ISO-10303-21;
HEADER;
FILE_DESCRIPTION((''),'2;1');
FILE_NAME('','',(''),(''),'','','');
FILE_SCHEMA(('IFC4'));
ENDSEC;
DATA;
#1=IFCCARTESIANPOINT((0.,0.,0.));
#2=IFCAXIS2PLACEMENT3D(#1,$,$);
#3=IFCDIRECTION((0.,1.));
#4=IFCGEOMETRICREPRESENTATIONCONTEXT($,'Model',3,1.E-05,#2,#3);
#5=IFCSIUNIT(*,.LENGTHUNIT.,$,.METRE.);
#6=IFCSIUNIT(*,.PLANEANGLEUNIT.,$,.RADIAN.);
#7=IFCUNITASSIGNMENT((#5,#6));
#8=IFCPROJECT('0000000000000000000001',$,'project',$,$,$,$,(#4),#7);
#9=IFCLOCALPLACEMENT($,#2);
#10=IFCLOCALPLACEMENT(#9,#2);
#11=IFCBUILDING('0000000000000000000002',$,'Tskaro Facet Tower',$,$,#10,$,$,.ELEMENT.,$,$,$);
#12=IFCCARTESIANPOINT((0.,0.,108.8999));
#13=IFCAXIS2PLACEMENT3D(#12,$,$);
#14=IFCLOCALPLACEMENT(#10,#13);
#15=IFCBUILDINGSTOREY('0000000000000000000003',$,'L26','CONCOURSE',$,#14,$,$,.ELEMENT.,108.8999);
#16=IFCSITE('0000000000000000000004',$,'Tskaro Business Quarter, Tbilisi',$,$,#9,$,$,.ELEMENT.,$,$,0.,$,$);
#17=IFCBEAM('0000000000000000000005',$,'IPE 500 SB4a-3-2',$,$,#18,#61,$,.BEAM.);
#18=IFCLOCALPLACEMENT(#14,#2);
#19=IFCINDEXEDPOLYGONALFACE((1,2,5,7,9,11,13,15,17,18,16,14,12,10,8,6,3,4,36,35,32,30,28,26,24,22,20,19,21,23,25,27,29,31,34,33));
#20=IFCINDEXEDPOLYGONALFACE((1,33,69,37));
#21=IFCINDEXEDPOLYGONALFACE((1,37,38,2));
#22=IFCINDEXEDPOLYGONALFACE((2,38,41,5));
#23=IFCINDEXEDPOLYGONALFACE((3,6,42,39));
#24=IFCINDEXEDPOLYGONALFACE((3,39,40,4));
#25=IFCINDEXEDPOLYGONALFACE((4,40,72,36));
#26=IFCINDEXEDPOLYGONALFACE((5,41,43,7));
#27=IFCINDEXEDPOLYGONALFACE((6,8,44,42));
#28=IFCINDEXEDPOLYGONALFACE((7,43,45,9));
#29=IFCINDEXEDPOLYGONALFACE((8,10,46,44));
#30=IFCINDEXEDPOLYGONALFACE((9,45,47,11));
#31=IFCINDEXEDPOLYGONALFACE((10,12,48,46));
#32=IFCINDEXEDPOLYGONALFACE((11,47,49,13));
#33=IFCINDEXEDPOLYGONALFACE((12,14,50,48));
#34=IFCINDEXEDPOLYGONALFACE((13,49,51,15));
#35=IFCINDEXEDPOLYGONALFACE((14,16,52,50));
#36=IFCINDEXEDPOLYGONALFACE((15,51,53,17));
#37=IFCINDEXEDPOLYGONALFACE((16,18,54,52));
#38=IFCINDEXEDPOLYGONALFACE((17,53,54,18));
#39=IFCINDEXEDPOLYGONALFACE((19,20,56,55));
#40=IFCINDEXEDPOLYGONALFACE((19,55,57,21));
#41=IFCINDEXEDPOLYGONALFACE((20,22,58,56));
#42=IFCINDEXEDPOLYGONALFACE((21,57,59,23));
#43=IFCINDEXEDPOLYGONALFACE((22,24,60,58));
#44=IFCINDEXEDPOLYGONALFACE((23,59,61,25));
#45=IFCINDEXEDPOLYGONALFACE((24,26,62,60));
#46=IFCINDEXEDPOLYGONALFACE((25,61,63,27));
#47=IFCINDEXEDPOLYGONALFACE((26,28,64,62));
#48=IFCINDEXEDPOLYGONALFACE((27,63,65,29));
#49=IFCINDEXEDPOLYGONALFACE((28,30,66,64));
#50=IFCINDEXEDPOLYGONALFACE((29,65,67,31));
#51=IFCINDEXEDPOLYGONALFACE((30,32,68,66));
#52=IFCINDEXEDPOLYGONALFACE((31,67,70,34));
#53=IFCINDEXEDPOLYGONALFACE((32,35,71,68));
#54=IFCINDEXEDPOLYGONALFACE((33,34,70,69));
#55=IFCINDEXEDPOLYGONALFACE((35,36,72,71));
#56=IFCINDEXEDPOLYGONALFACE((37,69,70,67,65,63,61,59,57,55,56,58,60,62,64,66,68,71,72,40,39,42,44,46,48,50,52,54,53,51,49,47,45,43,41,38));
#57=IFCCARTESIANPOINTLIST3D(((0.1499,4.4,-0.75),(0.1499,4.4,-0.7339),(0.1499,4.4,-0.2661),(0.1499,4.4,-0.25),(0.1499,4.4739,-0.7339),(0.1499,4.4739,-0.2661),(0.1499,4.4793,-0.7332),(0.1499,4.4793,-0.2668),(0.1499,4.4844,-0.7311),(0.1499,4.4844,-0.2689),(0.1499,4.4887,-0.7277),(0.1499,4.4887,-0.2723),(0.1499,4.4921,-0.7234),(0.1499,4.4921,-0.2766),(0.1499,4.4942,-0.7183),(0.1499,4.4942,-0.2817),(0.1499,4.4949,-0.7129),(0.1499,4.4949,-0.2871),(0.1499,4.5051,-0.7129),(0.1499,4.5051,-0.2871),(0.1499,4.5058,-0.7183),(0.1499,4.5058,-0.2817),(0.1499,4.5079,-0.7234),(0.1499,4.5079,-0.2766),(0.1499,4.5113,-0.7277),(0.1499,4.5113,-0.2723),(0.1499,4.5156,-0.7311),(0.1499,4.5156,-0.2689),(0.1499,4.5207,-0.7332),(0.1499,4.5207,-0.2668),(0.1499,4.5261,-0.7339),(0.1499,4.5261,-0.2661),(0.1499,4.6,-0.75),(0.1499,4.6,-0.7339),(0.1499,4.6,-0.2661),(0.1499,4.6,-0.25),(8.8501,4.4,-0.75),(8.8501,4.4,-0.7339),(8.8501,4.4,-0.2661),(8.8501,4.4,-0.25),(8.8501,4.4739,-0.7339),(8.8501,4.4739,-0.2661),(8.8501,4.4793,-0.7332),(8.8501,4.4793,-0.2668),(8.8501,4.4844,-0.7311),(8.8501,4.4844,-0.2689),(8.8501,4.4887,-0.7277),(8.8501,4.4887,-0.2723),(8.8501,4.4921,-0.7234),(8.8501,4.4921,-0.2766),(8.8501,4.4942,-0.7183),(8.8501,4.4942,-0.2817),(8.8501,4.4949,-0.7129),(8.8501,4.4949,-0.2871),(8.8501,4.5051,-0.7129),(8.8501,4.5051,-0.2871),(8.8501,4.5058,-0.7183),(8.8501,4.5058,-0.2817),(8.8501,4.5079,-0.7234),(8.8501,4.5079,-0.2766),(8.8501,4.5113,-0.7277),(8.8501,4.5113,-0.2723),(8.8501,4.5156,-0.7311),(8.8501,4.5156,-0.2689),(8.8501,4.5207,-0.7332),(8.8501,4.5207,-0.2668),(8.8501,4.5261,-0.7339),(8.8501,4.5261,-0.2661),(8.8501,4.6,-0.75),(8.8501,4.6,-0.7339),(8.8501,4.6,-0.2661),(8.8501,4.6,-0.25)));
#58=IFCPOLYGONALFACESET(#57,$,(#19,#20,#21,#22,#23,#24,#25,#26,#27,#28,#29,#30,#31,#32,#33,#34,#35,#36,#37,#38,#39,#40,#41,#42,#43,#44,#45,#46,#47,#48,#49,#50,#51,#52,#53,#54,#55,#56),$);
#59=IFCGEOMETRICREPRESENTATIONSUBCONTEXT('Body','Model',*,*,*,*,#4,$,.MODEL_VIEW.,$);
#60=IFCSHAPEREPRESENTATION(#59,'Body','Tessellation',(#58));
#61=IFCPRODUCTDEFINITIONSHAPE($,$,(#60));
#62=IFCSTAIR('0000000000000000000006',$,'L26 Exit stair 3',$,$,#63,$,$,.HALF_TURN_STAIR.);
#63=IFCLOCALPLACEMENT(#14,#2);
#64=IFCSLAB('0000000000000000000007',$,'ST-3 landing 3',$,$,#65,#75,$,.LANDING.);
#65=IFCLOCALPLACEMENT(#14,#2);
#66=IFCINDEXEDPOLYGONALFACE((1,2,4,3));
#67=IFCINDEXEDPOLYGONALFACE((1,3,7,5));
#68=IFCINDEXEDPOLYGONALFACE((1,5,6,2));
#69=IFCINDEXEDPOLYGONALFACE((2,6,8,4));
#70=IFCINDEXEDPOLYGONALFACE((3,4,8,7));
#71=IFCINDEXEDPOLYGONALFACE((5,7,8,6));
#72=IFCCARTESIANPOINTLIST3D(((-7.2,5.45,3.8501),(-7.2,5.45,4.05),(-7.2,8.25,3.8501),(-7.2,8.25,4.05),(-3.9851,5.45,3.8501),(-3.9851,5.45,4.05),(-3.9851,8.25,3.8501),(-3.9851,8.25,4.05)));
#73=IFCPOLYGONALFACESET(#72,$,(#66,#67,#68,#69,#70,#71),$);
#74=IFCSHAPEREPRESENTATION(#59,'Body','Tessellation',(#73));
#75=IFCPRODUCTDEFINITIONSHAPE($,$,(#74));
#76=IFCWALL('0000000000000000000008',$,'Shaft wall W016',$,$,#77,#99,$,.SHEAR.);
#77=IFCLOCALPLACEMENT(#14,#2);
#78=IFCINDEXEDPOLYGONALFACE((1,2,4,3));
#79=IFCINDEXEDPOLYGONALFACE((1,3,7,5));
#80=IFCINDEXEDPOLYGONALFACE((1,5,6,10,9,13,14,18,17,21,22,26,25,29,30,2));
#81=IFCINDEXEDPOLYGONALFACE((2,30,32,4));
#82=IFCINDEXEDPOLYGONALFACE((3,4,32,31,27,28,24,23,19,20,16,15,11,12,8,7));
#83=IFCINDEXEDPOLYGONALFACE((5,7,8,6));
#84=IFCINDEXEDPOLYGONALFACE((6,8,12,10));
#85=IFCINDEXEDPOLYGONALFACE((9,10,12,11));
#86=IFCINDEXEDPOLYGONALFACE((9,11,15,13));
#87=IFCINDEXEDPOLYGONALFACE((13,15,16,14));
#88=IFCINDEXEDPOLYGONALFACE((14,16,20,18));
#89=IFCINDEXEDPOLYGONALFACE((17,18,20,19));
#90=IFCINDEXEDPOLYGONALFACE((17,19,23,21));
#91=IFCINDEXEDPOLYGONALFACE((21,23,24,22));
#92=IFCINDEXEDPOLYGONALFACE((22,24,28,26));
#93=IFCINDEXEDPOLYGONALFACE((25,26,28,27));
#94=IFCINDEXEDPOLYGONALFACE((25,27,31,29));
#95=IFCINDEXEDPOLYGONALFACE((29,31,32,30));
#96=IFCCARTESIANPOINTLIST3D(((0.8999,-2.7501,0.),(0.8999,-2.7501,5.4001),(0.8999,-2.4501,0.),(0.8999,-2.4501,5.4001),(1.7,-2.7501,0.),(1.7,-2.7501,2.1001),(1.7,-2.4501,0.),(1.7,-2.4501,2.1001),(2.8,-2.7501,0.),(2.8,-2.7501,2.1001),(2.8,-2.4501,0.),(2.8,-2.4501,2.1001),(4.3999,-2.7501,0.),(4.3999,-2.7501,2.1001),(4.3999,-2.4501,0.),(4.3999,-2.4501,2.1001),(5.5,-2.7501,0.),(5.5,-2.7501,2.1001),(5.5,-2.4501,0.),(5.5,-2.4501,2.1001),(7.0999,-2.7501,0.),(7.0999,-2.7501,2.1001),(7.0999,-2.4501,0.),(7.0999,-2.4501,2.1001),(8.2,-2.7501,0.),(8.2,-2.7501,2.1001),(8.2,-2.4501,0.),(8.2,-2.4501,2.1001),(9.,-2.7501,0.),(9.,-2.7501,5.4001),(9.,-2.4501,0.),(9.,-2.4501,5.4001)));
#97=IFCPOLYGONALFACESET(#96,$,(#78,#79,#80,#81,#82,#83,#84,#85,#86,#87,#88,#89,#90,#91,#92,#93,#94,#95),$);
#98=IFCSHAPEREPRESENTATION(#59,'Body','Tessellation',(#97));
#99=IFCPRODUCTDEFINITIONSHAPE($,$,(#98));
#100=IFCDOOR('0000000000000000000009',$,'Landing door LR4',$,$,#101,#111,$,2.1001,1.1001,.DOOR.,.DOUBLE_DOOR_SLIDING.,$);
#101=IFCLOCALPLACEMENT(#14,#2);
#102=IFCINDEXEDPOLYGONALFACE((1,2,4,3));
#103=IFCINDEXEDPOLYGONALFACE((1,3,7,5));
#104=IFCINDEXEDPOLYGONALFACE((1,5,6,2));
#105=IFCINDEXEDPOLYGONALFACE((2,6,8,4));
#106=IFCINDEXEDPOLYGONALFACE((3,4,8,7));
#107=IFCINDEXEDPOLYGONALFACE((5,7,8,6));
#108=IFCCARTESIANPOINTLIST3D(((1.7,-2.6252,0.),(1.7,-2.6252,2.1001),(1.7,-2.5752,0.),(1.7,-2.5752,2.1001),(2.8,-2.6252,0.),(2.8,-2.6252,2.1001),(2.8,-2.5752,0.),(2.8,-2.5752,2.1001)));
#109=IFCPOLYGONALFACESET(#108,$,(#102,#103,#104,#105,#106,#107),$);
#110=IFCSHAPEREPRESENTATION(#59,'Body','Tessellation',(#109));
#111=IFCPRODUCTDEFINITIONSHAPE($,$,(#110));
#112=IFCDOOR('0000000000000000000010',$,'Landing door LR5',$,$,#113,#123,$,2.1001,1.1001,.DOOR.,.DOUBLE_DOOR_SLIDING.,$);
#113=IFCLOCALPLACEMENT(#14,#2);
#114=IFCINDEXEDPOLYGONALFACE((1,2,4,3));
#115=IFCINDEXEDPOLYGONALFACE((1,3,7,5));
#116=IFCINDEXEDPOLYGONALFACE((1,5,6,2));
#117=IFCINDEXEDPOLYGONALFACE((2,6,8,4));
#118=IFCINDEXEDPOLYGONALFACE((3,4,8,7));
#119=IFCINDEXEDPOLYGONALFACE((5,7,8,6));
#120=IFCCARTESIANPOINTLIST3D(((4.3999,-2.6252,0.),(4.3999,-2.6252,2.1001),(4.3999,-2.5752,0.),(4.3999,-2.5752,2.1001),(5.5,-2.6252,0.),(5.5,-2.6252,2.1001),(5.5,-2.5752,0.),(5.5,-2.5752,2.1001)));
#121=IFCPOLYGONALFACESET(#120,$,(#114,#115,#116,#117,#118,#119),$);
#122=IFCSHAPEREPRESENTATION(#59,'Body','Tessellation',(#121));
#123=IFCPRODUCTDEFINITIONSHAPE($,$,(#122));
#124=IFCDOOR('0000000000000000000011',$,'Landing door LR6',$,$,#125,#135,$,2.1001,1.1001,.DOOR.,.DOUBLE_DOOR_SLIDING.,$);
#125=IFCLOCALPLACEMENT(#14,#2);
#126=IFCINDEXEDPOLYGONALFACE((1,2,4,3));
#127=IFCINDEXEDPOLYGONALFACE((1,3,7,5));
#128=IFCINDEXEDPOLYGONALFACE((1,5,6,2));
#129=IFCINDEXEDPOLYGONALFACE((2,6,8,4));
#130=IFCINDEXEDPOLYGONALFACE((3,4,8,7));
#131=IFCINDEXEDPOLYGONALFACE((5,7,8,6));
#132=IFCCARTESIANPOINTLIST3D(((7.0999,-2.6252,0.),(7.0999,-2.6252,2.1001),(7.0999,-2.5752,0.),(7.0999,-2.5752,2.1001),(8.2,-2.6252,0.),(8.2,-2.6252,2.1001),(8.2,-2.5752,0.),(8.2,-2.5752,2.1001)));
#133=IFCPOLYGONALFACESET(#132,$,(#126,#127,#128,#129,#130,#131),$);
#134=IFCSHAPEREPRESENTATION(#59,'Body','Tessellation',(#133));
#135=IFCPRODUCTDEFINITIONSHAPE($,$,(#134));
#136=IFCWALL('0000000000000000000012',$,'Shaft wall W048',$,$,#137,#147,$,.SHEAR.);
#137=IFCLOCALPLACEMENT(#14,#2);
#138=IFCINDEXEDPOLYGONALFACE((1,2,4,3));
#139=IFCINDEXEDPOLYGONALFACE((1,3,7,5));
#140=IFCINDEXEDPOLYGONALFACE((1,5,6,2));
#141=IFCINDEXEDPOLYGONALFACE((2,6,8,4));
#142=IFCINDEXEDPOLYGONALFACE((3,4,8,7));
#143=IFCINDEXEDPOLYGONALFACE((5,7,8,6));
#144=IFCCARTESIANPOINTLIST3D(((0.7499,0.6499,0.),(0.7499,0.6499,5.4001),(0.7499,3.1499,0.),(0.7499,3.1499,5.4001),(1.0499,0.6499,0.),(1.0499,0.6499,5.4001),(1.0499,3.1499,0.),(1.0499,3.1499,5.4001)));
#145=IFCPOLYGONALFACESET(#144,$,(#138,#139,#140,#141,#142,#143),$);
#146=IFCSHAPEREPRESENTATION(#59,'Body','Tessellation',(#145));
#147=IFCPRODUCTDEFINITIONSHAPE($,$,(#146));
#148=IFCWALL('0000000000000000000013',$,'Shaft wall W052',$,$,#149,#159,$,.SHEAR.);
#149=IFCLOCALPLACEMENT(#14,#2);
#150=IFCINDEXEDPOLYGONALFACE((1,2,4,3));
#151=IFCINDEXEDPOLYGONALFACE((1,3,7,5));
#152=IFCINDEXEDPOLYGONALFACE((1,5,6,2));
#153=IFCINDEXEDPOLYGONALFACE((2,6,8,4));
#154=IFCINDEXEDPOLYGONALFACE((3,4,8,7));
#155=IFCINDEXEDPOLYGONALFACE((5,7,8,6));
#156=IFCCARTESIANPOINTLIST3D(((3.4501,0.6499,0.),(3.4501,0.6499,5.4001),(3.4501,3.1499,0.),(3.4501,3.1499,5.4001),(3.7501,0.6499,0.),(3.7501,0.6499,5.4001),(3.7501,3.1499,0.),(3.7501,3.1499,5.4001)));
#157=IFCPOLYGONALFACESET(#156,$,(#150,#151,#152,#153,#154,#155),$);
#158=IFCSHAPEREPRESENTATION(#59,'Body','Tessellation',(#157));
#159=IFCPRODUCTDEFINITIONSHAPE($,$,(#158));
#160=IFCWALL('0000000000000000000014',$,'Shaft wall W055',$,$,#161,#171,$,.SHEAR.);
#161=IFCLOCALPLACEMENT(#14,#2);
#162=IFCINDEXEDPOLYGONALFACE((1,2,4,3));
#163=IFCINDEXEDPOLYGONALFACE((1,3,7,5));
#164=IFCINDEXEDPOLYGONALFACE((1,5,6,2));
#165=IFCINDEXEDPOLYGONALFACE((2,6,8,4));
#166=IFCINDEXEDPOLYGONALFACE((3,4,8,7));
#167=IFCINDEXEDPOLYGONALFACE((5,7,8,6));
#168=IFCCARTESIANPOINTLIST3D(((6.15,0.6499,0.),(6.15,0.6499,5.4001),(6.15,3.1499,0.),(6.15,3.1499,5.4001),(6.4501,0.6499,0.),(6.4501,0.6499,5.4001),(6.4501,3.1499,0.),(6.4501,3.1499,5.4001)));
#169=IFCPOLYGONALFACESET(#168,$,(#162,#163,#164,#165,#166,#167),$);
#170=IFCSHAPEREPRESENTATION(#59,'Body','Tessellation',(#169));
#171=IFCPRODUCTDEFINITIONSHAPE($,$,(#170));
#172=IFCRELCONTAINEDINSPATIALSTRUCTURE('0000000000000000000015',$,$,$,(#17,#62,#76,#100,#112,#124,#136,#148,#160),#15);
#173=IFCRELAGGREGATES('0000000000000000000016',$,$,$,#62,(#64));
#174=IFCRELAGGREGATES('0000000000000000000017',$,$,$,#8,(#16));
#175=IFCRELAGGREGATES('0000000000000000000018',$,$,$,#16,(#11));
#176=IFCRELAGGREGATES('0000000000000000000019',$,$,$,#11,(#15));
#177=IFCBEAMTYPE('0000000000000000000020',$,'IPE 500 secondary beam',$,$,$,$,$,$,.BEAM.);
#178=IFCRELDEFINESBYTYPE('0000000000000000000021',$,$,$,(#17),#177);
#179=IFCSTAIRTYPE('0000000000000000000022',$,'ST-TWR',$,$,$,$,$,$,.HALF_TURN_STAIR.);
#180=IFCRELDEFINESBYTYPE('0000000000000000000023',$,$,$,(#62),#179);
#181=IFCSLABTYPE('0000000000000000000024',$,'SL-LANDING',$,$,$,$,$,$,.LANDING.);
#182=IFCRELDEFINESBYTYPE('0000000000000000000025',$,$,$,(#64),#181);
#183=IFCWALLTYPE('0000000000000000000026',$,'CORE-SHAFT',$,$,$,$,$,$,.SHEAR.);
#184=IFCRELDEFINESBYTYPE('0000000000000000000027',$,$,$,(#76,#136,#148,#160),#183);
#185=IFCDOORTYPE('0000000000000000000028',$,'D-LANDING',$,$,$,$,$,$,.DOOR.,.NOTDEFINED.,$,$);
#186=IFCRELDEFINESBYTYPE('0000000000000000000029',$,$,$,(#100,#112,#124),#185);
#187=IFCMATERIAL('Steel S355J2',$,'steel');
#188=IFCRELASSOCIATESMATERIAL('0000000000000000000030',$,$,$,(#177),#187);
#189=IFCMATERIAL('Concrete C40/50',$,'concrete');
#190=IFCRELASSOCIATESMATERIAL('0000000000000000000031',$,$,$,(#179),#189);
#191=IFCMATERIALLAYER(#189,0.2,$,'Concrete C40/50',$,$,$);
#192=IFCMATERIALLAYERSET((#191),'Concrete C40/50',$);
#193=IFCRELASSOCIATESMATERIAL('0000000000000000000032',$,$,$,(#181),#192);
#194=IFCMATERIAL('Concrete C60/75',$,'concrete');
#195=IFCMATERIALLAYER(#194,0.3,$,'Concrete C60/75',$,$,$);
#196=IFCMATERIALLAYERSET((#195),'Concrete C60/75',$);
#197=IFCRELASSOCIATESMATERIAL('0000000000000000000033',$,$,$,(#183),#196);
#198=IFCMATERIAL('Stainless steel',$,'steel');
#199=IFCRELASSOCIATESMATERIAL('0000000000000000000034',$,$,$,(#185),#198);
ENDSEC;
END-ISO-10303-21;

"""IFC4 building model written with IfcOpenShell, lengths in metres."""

from ifc_helpers import new_model, si_unit, direction, frame, frame_2d, origin, origin_2d, place, context, subcontext, project, spatial, polyline, rectangle, i_section, outline, extrude, material, layer, layer_set, material_profile, profile_set, type_object, element, fill, aggregate, save


model = new_model("IFC4")

# Units and contexts
model_context = context("Model", 3, precision=1e-05, world=origin(), true_north=direction((0.0, 1.0)))
body_context = subcontext(model_context, "Body", "Model", "MODEL_VIEW")
ifc_project = project(units=[si_unit("LENGTHUNIT", "METRE"), si_unit("PLANEANGLEUNIT", "RADIAN")], contexts=[model_context])

# Site, building, storey
site_placement = place(None, origin())
site = spatial("IfcSite", under=ifc_project, at=site_placement, Name="Tskaro Business Quarter, Tbilisi", CompositionType="ELEMENT", RefElevation=0.0)
building_placement = place(site_placement, origin())
building = spatial("IfcBuilding", under=site, at=building_placement, Name="Tskaro Facet Tower", CompositionType="ELEMENT")
storey_placement = place(building_placement, frame((0.0, 0.0, 108.8999)))
storey = spatial("IfcBuildingStorey", under=building, at=storey_placement, Name="L26", Description="CONCOURSE", CompositionType="ELEMENT", Elevation=108.8999)

# Beam
ifc_material_1 = material(Name="Steel S355J2", Category="steel")
ifc_material_profile = material_profile(ifc_material_1, i_section(OverallWidth=0.2, OverallDepth=0.5, WebThickness=0.0103, FlangeThickness=0.0161, FilletRadius=0.021, at=origin_2d()), Name="IPE 500")
ifc_profile_set = profile_set([ifc_material_profile], Name="Steel S355J2")
beam_type = type_object("IfcBeamType", Name="IPE 500 secondary beam", PredefinedType="BEAM", material=ifc_profile_set)
beam_placement = place(storey_placement, frame((0.1499, 4.5, -0.5), z_axis=(1.0, 0.0, 0.0), x_axis=(0.0, 1.0, 0.0)))
element("IfcBeam", 1, at=beam_placement, inside=storey, type_object=beam_type, Name="IPE 500 SB4a-3-2", PredefinedType="BEAM", context=body_context, shape_type="SweptSolid", body=[
    extrude(i_section(OverallWidth=0.2, OverallDepth=0.5, WebThickness=0.0103, FlangeThickness=0.0161, FilletRadius=0.021, at=origin_2d()), origin(), (0.0, 0.0, 1.0), 8.7002),
])

# Stair, slab
ifc_material_2 = material(Name="Concrete C40/50", Category="concrete")
stair_type = type_object("IfcStairType", Name="ST-TWR", PredefinedType="HALF_TURN_STAIR", material=ifc_material_2)
stair_placement = place(storey_placement, origin())
stair = element("IfcStair", 2, at=stair_placement, inside=storey, type_object=stair_type, Name="L26 Exit stair 3", PredefinedType="HALF_TURN_STAIR")
ifc_layer_1 = layer(ifc_material_2, 0.2, Name="Concrete C40/50")
ifc_layer_set_1 = layer_set([ifc_layer_1], Name="Concrete C40/50")
slab_type = type_object("IfcSlabType", Name="SL-LANDING", PredefinedType="LANDING", material=ifc_layer_set_1)
slab_placement = place(storey_placement, frame((0.0, 0.0, 3.8501)))
slab = element("IfcSlab", 3, at=slab_placement, type_object=slab_type, Name="ST-3 landing 3", PredefinedType="LANDING", context=body_context, shape_type="SweptSolid", body=[
    extrude(outline(polyline([(-7.2, 5.45), (-3.9851, 5.45), (-3.9851, 8.25), (-7.2, 8.25), (-7.2, 5.45)])), origin(), (0.0, 0.0, 1.0), 0.2),
])
aggregate(stair, [slab])

# Wall, openings, doors
ifc_material_3 = material(Name="Concrete C60/75", Category="concrete")
ifc_layer_2 = layer(ifc_material_3, 0.3, Name="Concrete C60/75")
ifc_layer_set_2 = layer_set([ifc_layer_2], Name="Concrete C60/75")
wall_type_1 = type_object("IfcWallType", Name="CORE-SHAFT", PredefinedType="SHEAR", material=ifc_layer_set_2)
wall_1_placement = place(storey_placement, frame((0.8999, -2.6001, 0.0), z_axis=(0.0, 0.0, 1.0), x_axis=(1.0, 0.0, 0.0)))
wall_1 = element("IfcWall", 4, at=wall_1_placement, inside=storey, type_object=wall_type_1, Name="Shaft wall W016", PredefinedType="SHEAR", context=body_context, shape_type="SweptSolid", body=[
    extrude(rectangle(XDim=8.1001, YDim=0.3, at=frame_2d((4.05, 0.0))), origin(), (0.0, 0.0, 1.0), 5.4001),
])
opening_1_placement = place(wall_1_placement, frame((0.8, 0.0, 0.0)))
opening_1 = element("IfcOpeningElement", 5, at=opening_1_placement, cuts=wall_1, PredefinedType="OPENING", context=body_context, shape_type="SweptSolid", body=[
    extrude(rectangle(XDim=1.1001, YDim=2.1001, at=frame_2d((0.55, 1.05))), frame((0.0, 0.1599, 0.0), z_axis=(0.0, -1.0, 0.0), x_axis=(1.0, 0.0, 0.0)), (0.0, 0.0, 1.0), 0.3201),
])
opening_2_placement = place(wall_1_placement, frame((3.5, 0.0, 0.0)))
opening_2 = element("IfcOpeningElement", 6, at=opening_2_placement, cuts=wall_1, PredefinedType="OPENING", context=body_context, shape_type="SweptSolid", body=[
    extrude(rectangle(XDim=1.1001, YDim=2.1001, at=frame_2d((0.55, 1.05))), frame((0.0, 0.1599, 0.0), z_axis=(0.0, -1.0, 0.0), x_axis=(1.0, 0.0, 0.0)), (0.0, 0.0, 1.0), 0.3201),
])
opening_3_placement = place(wall_1_placement, frame((6.2, 0.0, 0.0)))
opening_3 = element("IfcOpeningElement", 7, at=opening_3_placement, cuts=wall_1, PredefinedType="OPENING", context=body_context, shape_type="SweptSolid", body=[
    extrude(rectangle(XDim=1.1001, YDim=2.1001, at=frame_2d((0.55, 1.05))), frame((0.0, 0.1599, 0.0), z_axis=(0.0, -1.0, 0.0), x_axis=(1.0, 0.0, 0.0)), (0.0, 0.0, 1.0), 0.3201),
])
ifc_material_4 = material(Name="Stainless steel", Category="steel")
door_type_1 = type_object("IfcDoorType", Name="D-LANDING", OperationType="NOTDEFINED", PredefinedType="DOOR", material=ifc_material_4)
door_1_placement = place(opening_1_placement, origin())
door_1 = element("IfcDoor", 8, at=door_1_placement, inside=storey, type_object=door_type_1, Name="Landing door LR4", OperationType="DOUBLE_DOOR_SLIDING", OverallHeight=2.1001, OverallWidth=1.1001, PredefinedType="DOOR", context=body_context, shape_type="SweptSolid", body=[
    extrude(rectangle(XDim=1.1001, YDim=2.1001, at=frame_2d((0.55, 1.05))), frame((0.0, 0.0249, 0.0), z_axis=(0.0, -1.0, 0.0), x_axis=(1.0, 0.0, 0.0)), (0.0, 0.0, 1.0), 0.05),
])
fill(opening_1, door_1)
door_2_placement = place(opening_2_placement, origin())
door_2 = element("IfcDoor", 9, at=door_2_placement, inside=storey, type_object=door_type_1, Name="Landing door LR5", OperationType="DOUBLE_DOOR_SLIDING", OverallHeight=2.1001, OverallWidth=1.1001, PredefinedType="DOOR", context=body_context, shape_type="SweptSolid", body=[
    extrude(rectangle(XDim=1.1001, YDim=2.1001, at=frame_2d((0.55, 1.05))), frame((0.0, 0.0249, 0.0), z_axis=(0.0, -1.0, 0.0), x_axis=(1.0, 0.0, 0.0)), (0.0, 0.0, 1.0), 0.05),
])
fill(opening_2, door_2)
door_3_placement = place(opening_3_placement, origin())
door_3 = element("IfcDoor", 10, at=door_3_placement, inside=storey, type_object=door_type_1, Name="Landing door LR6", OperationType="DOUBLE_DOOR_SLIDING", OverallHeight=2.1001, OverallWidth=1.1001, PredefinedType="DOOR", context=body_context, shape_type="SweptSolid", body=[
    extrude(rectangle(XDim=1.1001, YDim=2.1001, at=frame_2d((0.55, 1.05))), frame((0.0, 0.0249, 0.0), z_axis=(0.0, -1.0, 0.0), x_axis=(1.0, 0.0, 0.0)), (0.0, 0.0, 1.0), 0.05),
])
fill(opening_3, door_3)

# Walls
for number, where, z_axis, x_axis, name in (
    (11, (0.8999, 0.6499, 0.0), (0.0, 0.0, 1.0), (0.0, 1.0, 0.0), "Shaft wall W048"),
    (12, (3.6001, 0.6499, 0.0), (0.0, 0.0, 1.0), (0.0, 1.0, 0.0), "Shaft wall W052"),
    (13, (6.3, 0.6499, 0.0), (0.0, 0.0, 1.0), (0.0, 1.0, 0.0), "Shaft wall W055"),
):
    element("IfcWall", number, at=place(storey_placement, frame(where, z_axis=z_axis, x_axis=x_axis)), inside=storey, type_object=wall_type_1, Name=name, PredefinedType="SHEAR", context=body_context, shape_type="SweptSolid", body=[
        extrude(rectangle(XDim=2.5, YDim=0.3, at=frame_2d((1.25, 0.0))), origin(), (0.0, 0.0, 1.0), 5.4001),
    ])

save(model, "model.ifc")
